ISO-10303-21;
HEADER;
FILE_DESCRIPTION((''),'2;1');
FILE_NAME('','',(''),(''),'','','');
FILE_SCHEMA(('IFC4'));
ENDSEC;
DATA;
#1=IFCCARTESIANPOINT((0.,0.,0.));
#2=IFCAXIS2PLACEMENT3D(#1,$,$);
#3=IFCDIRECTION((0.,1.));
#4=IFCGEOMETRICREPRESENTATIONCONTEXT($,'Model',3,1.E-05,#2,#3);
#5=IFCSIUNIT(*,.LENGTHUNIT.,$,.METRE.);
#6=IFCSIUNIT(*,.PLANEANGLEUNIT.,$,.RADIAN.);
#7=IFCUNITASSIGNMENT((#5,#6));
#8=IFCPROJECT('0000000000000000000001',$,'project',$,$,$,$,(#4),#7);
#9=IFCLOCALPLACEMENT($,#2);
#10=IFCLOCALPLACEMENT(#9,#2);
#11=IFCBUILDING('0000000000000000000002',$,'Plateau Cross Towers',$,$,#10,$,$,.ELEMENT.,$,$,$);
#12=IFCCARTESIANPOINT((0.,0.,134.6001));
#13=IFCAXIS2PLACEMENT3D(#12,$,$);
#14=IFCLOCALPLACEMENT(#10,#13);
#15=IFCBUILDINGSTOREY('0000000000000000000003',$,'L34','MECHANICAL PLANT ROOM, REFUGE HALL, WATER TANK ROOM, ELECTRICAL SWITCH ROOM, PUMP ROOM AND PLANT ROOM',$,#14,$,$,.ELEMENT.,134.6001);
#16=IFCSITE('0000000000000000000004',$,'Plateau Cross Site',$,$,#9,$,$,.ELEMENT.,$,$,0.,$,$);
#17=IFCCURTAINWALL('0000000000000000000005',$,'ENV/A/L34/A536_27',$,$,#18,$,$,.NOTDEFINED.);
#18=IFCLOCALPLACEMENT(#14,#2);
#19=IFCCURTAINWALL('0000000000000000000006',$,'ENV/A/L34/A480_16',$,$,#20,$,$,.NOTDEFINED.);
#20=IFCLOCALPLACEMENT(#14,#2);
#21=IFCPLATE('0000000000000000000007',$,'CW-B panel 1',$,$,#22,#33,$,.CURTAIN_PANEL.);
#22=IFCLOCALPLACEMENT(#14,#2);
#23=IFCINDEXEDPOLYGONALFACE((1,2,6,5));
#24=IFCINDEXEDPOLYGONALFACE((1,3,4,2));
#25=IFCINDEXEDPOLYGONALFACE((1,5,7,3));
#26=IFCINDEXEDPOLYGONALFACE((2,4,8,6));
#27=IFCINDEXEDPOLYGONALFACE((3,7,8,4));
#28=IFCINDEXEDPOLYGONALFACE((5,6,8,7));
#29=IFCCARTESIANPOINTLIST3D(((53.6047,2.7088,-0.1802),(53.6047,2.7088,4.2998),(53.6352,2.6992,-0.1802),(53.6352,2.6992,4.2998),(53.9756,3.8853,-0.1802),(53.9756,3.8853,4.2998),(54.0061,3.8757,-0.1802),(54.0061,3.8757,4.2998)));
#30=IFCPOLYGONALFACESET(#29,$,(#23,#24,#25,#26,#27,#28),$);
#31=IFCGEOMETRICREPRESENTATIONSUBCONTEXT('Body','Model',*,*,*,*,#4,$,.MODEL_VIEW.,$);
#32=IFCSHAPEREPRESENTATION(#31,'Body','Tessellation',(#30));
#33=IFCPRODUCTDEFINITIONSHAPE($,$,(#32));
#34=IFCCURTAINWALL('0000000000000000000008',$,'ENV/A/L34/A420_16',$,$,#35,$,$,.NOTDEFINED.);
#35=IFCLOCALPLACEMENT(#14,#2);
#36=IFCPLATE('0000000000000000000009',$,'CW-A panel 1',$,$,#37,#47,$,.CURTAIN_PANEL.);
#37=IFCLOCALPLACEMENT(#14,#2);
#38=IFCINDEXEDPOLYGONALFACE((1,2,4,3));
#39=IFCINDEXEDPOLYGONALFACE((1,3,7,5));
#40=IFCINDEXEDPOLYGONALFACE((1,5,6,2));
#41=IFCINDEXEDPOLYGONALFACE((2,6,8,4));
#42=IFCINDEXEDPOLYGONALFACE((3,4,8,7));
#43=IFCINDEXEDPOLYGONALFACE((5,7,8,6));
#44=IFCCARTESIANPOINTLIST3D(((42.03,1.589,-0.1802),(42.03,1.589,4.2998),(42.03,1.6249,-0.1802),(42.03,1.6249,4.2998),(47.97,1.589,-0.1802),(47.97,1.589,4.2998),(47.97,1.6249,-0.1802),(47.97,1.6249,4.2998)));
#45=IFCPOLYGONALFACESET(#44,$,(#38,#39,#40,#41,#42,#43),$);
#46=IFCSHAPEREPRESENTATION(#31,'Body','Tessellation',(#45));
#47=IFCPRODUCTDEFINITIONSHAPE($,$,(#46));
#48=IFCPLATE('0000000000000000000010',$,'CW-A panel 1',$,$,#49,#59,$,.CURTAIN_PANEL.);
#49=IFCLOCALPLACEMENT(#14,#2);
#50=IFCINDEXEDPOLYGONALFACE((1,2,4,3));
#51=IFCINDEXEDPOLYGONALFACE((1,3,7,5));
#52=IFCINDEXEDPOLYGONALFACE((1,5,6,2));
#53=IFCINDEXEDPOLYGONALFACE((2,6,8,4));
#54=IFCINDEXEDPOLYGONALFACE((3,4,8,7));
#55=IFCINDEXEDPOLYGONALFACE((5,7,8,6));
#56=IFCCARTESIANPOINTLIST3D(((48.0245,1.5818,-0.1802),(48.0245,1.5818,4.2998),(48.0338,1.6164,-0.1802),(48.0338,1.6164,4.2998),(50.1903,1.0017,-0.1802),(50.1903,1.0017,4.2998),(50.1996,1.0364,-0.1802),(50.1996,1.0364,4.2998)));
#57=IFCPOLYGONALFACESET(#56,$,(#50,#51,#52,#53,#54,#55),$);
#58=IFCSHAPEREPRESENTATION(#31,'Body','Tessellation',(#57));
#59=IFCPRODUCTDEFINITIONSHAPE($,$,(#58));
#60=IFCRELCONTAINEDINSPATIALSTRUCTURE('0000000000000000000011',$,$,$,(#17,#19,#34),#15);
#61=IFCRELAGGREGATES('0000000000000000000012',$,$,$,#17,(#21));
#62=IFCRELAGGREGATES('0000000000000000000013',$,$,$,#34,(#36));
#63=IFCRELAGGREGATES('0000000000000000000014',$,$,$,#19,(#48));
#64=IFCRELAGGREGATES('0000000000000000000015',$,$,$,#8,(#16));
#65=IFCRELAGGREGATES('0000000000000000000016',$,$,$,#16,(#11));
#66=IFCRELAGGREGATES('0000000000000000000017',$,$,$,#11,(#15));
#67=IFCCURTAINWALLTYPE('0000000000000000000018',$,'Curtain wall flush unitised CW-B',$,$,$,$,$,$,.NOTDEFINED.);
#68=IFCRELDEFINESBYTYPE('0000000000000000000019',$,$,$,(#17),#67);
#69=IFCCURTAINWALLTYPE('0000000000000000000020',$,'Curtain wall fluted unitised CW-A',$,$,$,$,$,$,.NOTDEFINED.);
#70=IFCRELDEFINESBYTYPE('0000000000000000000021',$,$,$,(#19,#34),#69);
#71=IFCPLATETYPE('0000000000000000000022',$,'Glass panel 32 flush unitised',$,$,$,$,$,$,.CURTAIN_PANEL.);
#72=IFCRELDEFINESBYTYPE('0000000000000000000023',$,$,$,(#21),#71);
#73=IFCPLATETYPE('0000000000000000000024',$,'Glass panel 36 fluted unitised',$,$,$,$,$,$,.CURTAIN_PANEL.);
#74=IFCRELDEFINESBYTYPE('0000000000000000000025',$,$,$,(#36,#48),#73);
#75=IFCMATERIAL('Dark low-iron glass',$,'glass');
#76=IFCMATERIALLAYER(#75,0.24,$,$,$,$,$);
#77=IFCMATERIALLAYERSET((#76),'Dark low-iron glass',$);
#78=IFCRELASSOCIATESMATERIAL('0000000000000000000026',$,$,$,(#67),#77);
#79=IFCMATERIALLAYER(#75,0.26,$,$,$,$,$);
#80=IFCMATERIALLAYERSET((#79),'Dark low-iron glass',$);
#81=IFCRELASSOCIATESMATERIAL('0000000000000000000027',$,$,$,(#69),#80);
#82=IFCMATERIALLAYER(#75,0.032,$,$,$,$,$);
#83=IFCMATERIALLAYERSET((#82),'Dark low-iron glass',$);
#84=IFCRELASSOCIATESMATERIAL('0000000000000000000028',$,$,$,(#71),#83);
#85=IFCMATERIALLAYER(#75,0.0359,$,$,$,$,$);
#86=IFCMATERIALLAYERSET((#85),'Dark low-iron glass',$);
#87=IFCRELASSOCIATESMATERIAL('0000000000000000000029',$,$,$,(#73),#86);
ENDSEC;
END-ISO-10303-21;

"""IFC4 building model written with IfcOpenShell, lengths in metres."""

from ifc_helpers import new_model, si_unit, direction, frame, origin, origin_2d, place, context, subcontext, project, spatial, rectangle, extrude, material, layer, layer_set, type_object, element, aggregate, save


model = new_model("IFC4")

# Units and contexts
model_context = context("Model", 3, precision=1e-05, world=origin(), true_north=direction((0.0, 1.0)))
body_context = subcontext(model_context, "Body", "Model", "MODEL_VIEW")
ifc_project = project(units=[si_unit("LENGTHUNIT", "METRE"), si_unit("PLANEANGLEUNIT", "RADIAN")], contexts=[model_context])

# Site, building, storey
site_placement = place(None, origin())
site = spatial("IfcSite", under=ifc_project, at=site_placement, Name="Plateau Cross Site", CompositionType="ELEMENT", RefElevation=0.0)
building_placement = place(site_placement, origin())
building = spatial("IfcBuilding", under=site, at=building_placement, Name="Plateau Cross Towers", CompositionType="ELEMENT")
storey_placement = place(building_placement, frame((0.0, 0.0, 134.6001)))
storey = spatial("IfcBuildingStorey", under=building, at=storey_placement, Name="L34", Description="MECHANICAL PLANT ROOM, REFUGE HALL, WATER TANK ROOM, ELECTRICAL SWITCH ROOM, PUMP ROOM AND PLANT ROOM", CompositionType="ELEMENT", Elevation=134.6001)

# Shared definitions
ifc_material_1 = material(Name="Dark low-iron glass", Category="glass")
ifc_layer_1 = layer(ifc_material_1, 0.24)
ifc_layer_set_1 = layer_set([ifc_layer_1], Name="Dark low-iron glass")
curtain_wall_type_1 = type_object("IfcCurtainWallType", Name="Curtain wall flush unitised CW-B", PredefinedType="NOTDEFINED", material=ifc_layer_set_1)

# Curtain walls
curtain_wall_1_placement = place(storey_placement, origin())
curtain_wall_1 = element("IfcCurtainWall", 1, at=curtain_wall_1_placement, inside=storey, type_object=curtain_wall_type_1, Name="ENV/A/L34/A536_27", PredefinedType="NOTDEFINED")
ifc_layer_2 = layer(ifc_material_1, 0.26)
ifc_layer_set_2 = layer_set([ifc_layer_2], Name="Dark low-iron glass")
curtain_wall_type_2 = type_object("IfcCurtainWallType", Name="Curtain wall fluted unitised CW-A", PredefinedType="NOTDEFINED", material=ifc_layer_set_2)
curtain_wall_2_placement = place(storey_placement, origin())
curtain_wall_2 = element("IfcCurtainWall", 2, at=curtain_wall_2_placement, inside=storey, type_object=curtain_wall_type_2, Name="ENV/A/L34/A480_16", PredefinedType="NOTDEFINED")

# Plate
ifc_layer_3 = layer(ifc_material_1, 0.032)
ifc_layer_set_3 = layer_set([ifc_layer_3], Name="Dark low-iron glass")
plate_type_1 = type_object("IfcPlateType", Name="Glass panel 32 flush unitised", PredefinedType="CURTAIN_PANEL", material=ifc_layer_set_3)
plate_1_placement = place(storey_placement, frame((53.8054, 3.2922, -0.1802), z_axis=(0.0, 0.0, 1.0), x_axis=(0.300686, 0.953723, 0.0)))
plate_1 = element("IfcPlate", 3, at=plate_1_placement, type_object=plate_type_1, Name="CW-B panel 1", PredefinedType="CURTAIN_PANEL", context=body_context, shape_type="SweptSolid", body=[
    extrude(rectangle(XDim=1.2336, YDim=0.032, at=origin_2d()), origin(), (0.0, 0.0, 1.0), 4.48),
])
aggregate(curtain_wall_1, [plate_1])

# Curtain wall, plate
curtain_wall_3_placement = place(storey_placement, origin())
curtain_wall_3 = element("IfcCurtainWall", 4, at=curtain_wall_3_placement, inside=storey, type_object=curtain_wall_type_2, Name="ENV/A/L34/A420_16", PredefinedType="NOTDEFINED")
ifc_layer_4 = layer(ifc_material_1, 0.0359)
ifc_layer_set_4 = layer_set([ifc_layer_4], Name="Dark low-iron glass")
plate_type_2 = type_object("IfcPlateType", Name="Glass panel 36 fluted unitised", PredefinedType="CURTAIN_PANEL", material=ifc_layer_set_4)
plate_2_placement = place(storey_placement, frame((45.0, 1.6069, -0.1802), z_axis=(0.0, 0.0, 1.0), x_axis=(1.0, 0.0, 0.0)))
plate_2 = element("IfcPlate", 5, at=plate_2_placement, type_object=plate_type_2, Name="CW-A panel 1", PredefinedType="CURTAIN_PANEL", context=body_context, shape_type="SweptSolid", body=[
    extrude(rectangle(XDim=5.9399, YDim=0.0359, at=origin_2d()), origin(), (0.0, 0.0, 1.0), 4.48),
])
aggregate(curtain_wall_3, [plate_2])

# Plate
plate_3_placement = place(storey_placement, frame((49.1121, 1.3091, -0.1802), z_axis=(0.0, 0.0, 1.0), x_axis=(0.965958, -0.258699, 0.0)))
plate_3 = element("IfcPlate", 6, at=plate_3_placement, type_object=plate_type_2, Name="CW-A panel 1", PredefinedType="CURTAIN_PANEL", context=body_context, shape_type="SweptSolid", body=[
    extrude(rectangle(XDim=2.2422, YDim=0.0359, at=origin_2d()), origin(), (0.0, 0.0, 1.0), 4.48),
])
aggregate(curtain_wall_2, [plate_3])

save(model, "model.ifc")
